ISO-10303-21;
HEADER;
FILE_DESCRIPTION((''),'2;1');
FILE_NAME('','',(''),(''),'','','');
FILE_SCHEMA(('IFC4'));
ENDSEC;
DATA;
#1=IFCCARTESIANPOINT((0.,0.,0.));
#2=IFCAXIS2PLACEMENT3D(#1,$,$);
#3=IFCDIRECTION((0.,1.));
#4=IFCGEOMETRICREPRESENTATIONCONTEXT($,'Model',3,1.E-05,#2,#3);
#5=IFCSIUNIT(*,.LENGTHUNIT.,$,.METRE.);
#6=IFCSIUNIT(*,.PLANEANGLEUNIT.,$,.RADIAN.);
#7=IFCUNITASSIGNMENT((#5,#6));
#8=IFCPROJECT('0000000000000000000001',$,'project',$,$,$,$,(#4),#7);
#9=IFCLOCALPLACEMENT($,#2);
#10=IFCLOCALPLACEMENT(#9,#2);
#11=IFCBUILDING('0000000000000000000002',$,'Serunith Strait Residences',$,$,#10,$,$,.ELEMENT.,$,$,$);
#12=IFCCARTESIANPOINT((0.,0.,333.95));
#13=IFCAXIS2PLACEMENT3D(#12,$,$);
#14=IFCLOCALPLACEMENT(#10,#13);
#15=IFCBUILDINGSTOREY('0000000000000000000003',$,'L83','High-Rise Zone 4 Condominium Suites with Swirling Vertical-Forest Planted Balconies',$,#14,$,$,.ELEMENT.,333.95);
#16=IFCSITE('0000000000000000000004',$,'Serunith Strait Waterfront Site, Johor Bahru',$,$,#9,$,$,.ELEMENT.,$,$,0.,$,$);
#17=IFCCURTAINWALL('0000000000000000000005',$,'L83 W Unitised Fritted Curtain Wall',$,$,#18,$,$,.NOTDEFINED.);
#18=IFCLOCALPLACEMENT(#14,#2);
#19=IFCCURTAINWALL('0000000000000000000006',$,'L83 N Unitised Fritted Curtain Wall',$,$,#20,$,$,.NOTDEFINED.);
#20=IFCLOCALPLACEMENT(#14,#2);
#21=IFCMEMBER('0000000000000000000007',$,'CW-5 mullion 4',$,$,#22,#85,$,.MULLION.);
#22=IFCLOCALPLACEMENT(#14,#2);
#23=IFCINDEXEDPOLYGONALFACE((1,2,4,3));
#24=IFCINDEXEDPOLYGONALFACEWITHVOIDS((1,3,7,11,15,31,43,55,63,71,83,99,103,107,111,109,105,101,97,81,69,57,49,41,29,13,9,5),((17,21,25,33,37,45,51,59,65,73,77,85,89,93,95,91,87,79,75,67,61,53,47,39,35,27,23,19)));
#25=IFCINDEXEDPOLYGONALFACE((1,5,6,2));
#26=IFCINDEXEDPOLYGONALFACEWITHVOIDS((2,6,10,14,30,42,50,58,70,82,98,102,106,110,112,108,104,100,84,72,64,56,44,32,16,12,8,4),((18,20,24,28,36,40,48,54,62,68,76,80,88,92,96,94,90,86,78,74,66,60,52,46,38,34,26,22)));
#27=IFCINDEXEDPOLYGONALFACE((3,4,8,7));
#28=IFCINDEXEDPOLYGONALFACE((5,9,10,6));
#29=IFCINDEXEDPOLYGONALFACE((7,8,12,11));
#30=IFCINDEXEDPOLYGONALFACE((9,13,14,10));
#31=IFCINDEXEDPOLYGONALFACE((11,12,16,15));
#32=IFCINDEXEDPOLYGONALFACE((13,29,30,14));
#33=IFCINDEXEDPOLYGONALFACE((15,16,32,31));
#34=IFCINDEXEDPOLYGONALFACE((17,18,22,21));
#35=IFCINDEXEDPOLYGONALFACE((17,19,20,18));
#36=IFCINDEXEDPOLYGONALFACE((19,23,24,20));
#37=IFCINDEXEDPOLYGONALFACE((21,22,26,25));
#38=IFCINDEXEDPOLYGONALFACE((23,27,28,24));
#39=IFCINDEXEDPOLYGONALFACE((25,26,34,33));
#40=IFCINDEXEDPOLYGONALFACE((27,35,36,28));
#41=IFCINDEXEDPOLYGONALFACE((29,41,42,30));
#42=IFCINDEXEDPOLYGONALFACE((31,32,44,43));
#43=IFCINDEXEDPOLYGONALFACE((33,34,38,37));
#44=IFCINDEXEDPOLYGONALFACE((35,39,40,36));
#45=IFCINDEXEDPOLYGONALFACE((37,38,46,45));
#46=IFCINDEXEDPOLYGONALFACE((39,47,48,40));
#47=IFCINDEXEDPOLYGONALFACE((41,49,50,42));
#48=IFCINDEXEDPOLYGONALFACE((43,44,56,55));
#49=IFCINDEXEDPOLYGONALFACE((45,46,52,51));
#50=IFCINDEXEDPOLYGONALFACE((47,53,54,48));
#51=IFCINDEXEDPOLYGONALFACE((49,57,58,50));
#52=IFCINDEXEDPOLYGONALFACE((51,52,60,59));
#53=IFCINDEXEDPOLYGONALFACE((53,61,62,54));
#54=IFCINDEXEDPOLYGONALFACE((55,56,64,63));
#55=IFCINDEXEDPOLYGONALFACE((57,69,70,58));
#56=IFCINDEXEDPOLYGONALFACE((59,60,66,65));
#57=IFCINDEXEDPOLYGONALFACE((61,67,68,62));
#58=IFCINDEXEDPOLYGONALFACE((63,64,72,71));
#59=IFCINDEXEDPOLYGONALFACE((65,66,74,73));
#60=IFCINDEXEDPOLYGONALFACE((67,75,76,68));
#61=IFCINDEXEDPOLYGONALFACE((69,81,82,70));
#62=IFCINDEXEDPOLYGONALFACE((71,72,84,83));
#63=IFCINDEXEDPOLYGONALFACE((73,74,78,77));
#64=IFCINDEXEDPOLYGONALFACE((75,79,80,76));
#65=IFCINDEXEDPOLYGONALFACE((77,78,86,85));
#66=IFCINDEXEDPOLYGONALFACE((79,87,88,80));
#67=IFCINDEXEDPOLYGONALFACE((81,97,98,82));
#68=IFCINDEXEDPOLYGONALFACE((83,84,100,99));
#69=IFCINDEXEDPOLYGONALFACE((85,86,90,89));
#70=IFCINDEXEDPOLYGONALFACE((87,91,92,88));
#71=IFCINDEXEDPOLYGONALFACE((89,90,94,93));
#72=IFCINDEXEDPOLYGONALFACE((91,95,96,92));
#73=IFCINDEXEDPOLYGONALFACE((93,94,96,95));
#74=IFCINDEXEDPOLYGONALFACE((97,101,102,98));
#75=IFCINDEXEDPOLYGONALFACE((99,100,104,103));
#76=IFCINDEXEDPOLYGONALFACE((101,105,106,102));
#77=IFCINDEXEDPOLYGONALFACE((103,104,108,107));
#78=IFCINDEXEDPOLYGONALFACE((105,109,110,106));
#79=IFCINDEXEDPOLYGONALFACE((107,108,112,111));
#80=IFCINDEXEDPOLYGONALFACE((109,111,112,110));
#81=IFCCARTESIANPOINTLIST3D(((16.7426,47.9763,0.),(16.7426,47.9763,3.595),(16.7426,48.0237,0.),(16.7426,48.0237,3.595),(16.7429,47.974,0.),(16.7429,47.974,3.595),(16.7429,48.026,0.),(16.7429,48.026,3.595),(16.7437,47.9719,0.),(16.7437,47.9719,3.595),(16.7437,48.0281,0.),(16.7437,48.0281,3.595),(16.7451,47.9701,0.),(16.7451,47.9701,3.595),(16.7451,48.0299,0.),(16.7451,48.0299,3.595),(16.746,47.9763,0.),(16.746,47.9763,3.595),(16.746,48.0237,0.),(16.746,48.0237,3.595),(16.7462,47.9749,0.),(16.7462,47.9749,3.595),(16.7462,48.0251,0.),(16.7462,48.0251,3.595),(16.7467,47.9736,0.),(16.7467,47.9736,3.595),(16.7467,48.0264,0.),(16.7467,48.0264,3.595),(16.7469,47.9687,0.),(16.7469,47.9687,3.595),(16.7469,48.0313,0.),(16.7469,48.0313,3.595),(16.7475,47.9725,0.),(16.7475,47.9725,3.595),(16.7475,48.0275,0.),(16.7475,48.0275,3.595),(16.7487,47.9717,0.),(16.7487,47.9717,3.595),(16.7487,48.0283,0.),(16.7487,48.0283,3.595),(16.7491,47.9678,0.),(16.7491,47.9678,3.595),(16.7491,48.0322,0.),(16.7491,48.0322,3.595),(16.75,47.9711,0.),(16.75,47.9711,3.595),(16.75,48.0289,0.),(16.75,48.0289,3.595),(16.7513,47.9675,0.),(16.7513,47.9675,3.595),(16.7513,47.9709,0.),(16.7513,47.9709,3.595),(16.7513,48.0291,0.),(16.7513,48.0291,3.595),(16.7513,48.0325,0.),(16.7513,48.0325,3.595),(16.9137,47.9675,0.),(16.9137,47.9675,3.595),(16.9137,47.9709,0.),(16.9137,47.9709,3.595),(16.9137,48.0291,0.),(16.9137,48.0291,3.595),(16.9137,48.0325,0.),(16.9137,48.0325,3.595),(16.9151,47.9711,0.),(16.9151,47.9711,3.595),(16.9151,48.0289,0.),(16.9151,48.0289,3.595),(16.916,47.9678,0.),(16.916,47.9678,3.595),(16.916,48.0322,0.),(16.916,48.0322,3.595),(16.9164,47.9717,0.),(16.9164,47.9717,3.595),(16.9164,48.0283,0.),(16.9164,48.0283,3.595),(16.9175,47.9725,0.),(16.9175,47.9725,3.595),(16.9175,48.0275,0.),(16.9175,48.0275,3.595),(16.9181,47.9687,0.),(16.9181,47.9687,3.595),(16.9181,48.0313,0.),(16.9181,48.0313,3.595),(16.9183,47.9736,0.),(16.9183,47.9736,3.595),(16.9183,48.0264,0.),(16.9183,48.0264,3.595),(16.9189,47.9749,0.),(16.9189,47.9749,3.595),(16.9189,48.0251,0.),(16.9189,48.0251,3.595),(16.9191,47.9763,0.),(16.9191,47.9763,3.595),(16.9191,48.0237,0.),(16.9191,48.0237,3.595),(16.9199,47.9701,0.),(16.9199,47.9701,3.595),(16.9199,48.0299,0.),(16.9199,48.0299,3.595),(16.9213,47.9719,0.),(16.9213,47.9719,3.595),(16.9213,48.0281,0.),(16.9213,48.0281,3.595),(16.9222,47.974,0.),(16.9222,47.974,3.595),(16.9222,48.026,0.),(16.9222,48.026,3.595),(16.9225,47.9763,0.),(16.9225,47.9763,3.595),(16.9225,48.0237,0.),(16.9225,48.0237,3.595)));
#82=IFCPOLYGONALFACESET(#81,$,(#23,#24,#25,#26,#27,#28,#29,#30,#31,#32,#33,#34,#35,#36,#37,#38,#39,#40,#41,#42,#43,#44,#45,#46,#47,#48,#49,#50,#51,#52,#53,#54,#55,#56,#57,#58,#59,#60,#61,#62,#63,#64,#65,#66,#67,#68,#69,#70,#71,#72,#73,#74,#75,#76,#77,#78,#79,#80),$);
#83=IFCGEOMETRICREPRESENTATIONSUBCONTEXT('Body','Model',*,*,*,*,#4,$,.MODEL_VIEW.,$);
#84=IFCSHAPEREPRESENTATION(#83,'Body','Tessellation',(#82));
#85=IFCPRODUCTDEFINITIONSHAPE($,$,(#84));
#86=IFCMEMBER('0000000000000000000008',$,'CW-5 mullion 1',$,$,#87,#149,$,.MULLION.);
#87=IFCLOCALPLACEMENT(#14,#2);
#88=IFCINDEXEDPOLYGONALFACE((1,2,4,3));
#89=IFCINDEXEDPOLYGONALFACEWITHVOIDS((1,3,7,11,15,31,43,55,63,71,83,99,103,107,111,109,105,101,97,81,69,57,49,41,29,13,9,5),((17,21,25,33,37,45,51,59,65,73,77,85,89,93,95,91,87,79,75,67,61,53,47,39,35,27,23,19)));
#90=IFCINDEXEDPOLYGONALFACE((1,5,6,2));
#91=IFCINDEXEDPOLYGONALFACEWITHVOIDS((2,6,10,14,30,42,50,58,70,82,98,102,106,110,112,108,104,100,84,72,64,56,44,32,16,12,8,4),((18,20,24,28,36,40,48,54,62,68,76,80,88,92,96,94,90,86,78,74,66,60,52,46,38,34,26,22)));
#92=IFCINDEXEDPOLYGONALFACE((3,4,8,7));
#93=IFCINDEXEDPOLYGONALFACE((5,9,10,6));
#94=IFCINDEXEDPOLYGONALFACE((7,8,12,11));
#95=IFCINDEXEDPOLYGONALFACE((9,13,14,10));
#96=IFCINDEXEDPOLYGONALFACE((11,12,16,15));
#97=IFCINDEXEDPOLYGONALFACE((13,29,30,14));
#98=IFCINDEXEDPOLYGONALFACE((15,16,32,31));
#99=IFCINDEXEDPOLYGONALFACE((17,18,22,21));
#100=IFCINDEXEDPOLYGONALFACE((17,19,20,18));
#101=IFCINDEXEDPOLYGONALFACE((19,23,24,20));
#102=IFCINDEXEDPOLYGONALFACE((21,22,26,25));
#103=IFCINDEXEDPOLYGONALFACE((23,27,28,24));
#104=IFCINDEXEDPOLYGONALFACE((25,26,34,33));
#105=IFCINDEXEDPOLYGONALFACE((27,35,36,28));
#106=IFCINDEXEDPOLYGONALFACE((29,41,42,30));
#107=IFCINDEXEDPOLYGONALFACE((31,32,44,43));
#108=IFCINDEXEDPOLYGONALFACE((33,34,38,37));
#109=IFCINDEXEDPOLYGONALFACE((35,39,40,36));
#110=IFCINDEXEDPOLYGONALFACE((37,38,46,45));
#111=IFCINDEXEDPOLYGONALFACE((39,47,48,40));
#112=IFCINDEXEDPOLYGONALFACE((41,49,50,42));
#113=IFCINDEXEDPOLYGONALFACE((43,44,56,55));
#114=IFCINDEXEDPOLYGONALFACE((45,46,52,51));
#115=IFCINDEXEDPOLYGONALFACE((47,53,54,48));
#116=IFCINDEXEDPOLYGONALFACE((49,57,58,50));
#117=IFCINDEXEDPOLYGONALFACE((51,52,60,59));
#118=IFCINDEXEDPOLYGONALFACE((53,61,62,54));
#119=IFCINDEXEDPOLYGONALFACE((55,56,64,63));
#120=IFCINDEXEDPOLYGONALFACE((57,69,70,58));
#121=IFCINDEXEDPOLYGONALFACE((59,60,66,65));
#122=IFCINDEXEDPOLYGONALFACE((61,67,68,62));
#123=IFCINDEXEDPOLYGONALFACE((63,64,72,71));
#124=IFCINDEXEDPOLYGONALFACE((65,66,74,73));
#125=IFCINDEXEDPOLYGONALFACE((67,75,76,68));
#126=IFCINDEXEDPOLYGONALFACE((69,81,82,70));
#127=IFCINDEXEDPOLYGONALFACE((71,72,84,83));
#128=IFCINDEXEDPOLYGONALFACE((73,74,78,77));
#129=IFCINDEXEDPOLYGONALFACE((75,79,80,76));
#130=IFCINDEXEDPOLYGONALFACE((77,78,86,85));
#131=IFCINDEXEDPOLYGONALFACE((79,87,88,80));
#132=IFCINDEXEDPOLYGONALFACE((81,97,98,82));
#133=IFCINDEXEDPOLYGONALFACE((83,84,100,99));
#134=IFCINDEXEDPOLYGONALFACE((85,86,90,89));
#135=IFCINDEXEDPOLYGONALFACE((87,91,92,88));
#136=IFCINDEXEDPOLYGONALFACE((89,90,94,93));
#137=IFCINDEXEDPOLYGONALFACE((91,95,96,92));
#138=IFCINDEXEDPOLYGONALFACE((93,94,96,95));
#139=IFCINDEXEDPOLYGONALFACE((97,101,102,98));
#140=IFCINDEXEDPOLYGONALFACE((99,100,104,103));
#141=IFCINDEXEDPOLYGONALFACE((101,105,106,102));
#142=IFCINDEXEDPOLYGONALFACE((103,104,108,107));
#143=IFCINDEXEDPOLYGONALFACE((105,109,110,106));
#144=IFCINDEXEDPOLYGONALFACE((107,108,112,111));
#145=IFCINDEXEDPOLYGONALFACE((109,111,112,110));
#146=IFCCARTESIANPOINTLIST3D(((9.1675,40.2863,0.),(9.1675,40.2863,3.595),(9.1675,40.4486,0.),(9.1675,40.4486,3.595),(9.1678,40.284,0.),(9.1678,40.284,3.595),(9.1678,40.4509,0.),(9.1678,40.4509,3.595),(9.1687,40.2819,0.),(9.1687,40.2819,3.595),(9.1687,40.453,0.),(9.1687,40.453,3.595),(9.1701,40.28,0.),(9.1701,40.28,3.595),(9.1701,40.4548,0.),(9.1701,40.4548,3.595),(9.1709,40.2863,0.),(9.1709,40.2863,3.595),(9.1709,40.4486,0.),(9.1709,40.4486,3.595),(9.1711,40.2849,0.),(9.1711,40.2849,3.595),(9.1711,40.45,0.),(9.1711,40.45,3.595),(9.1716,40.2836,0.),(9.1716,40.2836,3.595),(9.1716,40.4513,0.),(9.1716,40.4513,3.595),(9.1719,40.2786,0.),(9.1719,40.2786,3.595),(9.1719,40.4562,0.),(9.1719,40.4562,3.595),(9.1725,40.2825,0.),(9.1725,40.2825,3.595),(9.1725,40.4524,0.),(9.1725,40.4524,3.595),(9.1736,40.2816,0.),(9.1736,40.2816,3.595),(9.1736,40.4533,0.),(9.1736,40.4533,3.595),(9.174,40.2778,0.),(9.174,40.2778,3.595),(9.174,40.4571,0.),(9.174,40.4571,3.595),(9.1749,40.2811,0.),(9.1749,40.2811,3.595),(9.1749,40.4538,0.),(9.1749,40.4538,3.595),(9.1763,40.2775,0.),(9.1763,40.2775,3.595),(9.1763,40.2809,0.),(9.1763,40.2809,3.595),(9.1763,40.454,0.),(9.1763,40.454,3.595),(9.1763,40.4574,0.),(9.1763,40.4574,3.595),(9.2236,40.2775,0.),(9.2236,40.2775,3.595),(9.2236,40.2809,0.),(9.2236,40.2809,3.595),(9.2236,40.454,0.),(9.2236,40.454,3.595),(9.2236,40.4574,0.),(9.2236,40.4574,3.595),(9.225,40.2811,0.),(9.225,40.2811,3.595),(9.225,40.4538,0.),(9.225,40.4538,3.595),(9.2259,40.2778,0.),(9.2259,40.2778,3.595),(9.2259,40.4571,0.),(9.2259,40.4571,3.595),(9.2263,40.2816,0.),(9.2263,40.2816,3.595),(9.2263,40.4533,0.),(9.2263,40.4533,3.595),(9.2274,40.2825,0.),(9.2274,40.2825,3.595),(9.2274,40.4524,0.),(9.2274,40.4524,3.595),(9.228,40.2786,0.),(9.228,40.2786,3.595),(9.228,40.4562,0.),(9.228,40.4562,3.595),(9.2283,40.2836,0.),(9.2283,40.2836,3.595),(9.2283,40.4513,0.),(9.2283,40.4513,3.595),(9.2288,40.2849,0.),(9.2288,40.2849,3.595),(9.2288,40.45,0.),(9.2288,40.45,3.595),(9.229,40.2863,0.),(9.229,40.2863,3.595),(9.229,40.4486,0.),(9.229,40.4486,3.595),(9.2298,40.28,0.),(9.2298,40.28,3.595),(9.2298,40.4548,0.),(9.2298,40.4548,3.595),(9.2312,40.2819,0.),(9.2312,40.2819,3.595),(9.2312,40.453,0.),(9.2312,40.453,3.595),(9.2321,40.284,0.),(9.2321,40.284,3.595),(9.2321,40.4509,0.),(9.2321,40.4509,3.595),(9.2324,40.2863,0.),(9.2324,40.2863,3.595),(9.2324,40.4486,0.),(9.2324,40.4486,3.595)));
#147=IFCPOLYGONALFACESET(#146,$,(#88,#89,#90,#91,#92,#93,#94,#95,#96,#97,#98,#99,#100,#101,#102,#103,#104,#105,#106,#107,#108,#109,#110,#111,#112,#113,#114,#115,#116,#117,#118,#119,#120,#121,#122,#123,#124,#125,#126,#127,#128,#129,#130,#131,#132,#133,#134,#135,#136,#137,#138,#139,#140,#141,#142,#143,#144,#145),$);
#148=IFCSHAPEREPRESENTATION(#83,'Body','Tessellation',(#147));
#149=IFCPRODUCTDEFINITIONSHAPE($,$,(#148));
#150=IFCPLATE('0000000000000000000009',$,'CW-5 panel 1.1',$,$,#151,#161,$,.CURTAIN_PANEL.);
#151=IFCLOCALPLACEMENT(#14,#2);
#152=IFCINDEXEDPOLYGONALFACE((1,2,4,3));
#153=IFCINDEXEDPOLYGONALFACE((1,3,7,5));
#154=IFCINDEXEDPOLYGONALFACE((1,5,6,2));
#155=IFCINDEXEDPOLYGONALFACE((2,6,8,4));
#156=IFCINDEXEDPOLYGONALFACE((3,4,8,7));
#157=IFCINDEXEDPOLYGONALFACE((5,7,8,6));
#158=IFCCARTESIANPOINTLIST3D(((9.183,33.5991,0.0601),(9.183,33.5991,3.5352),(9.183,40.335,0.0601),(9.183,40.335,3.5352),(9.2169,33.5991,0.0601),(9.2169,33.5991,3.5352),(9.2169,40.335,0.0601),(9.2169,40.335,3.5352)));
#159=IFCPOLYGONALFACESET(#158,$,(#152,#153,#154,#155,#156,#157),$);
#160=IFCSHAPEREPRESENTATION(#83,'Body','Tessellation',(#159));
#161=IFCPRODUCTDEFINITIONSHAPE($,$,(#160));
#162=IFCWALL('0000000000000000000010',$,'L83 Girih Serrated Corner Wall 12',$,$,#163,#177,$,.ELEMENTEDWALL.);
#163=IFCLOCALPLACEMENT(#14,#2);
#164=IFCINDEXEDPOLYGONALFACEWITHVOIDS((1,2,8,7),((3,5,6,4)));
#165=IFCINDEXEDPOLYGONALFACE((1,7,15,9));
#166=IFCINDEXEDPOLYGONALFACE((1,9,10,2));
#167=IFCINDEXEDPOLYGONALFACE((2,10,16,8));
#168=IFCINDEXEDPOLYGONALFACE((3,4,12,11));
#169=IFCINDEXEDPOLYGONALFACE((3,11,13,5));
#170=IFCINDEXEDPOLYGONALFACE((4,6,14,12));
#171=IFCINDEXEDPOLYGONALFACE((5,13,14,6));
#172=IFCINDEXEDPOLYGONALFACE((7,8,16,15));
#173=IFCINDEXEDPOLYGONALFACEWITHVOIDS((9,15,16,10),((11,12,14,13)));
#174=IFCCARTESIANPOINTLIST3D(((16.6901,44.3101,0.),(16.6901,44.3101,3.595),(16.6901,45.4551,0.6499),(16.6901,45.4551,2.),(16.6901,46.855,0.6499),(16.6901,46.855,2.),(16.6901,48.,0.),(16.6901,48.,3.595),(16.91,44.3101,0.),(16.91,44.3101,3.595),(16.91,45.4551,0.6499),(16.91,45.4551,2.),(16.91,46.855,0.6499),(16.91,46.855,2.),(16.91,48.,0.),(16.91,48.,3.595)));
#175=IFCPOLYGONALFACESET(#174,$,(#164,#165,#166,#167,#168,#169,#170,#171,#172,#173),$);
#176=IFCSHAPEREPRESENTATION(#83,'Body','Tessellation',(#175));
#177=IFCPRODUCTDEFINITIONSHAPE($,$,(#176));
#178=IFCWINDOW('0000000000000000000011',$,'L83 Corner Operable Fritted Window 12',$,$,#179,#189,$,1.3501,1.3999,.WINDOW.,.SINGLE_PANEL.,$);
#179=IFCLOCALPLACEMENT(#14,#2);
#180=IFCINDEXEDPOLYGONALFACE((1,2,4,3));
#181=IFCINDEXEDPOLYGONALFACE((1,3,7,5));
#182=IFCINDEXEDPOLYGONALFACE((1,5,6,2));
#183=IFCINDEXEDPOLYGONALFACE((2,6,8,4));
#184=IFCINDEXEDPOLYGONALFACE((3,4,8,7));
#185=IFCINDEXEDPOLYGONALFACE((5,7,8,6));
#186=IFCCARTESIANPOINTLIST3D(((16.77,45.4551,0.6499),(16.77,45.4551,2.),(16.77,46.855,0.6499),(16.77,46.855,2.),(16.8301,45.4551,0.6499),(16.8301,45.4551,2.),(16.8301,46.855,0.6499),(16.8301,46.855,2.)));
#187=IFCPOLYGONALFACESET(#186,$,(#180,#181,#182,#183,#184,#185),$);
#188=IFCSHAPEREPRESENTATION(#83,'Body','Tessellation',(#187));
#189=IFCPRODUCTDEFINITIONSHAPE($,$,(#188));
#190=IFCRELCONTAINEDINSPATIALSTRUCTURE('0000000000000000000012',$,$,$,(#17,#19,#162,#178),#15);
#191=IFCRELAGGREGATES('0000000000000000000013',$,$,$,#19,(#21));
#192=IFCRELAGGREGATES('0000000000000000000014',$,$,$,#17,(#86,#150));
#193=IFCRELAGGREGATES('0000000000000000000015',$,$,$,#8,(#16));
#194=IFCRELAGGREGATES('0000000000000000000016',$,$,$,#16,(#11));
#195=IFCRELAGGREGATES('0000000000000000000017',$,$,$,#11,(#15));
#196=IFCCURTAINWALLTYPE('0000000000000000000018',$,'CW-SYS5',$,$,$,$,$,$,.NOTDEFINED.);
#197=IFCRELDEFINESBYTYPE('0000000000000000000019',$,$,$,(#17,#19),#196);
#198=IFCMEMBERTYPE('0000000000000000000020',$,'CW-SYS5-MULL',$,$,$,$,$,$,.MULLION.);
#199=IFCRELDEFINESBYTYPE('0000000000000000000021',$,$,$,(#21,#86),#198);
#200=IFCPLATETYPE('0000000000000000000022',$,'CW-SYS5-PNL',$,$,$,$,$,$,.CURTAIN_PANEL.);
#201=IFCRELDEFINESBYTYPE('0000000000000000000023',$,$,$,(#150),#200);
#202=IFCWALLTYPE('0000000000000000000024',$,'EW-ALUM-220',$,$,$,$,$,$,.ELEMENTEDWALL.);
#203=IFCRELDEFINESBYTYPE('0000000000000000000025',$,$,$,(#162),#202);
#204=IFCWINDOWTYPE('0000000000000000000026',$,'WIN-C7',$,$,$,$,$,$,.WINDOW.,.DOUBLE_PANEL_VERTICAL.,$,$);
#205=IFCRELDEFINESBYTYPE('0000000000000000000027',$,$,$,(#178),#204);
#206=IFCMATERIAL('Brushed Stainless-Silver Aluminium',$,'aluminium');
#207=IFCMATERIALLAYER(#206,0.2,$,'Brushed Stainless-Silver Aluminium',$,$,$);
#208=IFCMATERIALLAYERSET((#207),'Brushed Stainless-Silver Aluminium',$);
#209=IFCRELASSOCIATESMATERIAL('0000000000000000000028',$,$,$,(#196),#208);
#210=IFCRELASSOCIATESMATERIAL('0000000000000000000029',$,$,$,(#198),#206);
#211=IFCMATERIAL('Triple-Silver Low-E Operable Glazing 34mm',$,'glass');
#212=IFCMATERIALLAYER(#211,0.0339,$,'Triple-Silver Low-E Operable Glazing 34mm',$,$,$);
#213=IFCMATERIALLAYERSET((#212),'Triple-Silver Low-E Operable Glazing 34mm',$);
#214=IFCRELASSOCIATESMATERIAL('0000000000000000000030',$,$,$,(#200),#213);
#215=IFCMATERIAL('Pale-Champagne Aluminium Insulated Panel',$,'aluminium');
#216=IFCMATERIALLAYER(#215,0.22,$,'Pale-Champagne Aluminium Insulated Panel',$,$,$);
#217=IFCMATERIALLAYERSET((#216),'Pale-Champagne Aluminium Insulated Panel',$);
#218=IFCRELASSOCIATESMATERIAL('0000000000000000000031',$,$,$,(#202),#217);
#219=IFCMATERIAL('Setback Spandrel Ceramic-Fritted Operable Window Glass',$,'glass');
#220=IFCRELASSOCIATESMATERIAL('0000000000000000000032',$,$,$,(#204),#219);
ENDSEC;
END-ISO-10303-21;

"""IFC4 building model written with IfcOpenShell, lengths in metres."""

from ifc_helpers import new_model, si_unit, direction, frame, frame_2d, origin, origin_2d, place, context, subcontext, project, spatial, rectangle, hollow_rectangle, extrude, source, transform, mapped, material, layer, layer_set, material_profile, profile_set, type_object, element, fill, aggregate, save


model = new_model("IFC4")

# Units and contexts
model_context = context("Model", 3, precision=1e-05, world=origin(), true_north=direction((0.0, 1.0)))
body_context = subcontext(model_context, "Body", "Model", "MODEL_VIEW")
ifc_project = project(units=[si_unit("LENGTHUNIT", "METRE"), si_unit("PLANEANGLEUNIT", "RADIAN")], contexts=[model_context])

# Site, building, storey
site_placement = place(None, origin())
site = spatial("IfcSite", under=ifc_project, at=site_placement, Name="Serunith Strait Waterfront Site, Johor Bahru", CompositionType="ELEMENT", RefElevation=0.0)
building_placement = place(site_placement, origin())
building = spatial("IfcBuilding", under=site, at=building_placement, Name="Serunith Strait Residences", CompositionType="ELEMENT")
storey_placement = place(building_placement, frame((0.0, 0.0, 333.95)))
storey = spatial("IfcBuildingStorey", under=building, at=storey_placement, Name="L83", Description="High-Rise Zone 4 Condominium Suites with Swirling Vertical-Forest Planted Balconies", CompositionType="ELEMENT", Elevation=333.95)

# Curtain wall
ifc_material_1 = material(Name="Brushed Stainless-Silver Aluminium", Category="aluminium")
ifc_layer_1 = layer(ifc_material_1, 0.2, Name="Brushed Stainless-Silver Aluminium")
ifc_layer_set_1 = layer_set([ifc_layer_1], Name="Brushed Stainless-Silver Aluminium")
curtain_wall_type = type_object("IfcCurtainWallType", Name="CW-SYS5", PredefinedType="NOTDEFINED", material=ifc_layer_set_1)
curtain_wall_1_placement = place(storey_placement, origin())
curtain_wall_1 = element("IfcCurtainWall", 1, at=curtain_wall_1_placement, inside=storey, type_object=curtain_wall_type, Name="L83 W Unitised Fritted Curtain Wall", PredefinedType="NOTDEFINED")

# Curtain wall, member
curtain_wall_2_placement = place(storey_placement, origin())
curtain_wall_2 = element("IfcCurtainWall", 2, at=curtain_wall_2_placement, inside=storey, type_object=curtain_wall_type, Name="L83 N Unitised Fritted Curtain Wall", PredefinedType="NOTDEFINED")
ifc_material_profile_1 = material_profile(ifc_material_1, hollow_rectangle(XDim=0.0649, YDim=0.1799, WallThickness=0.0034, InnerFilletRadius=0.0054, OuterFilletRadius=0.0088, at=origin_2d()), Name="ALU 180x65x3.5")
ifc_profile_set_1 = profile_set([ifc_material_profile_1], Name="Brushed Stainless-Silver Aluminium")
member_type_1 = type_object("IfcMemberType", Name="CW-SYS5-MULL", PredefinedType="MULLION", material=ifc_profile_set_1)
shared_shape_1 = source(origin(), body_context, "Body", "SweptSolid", [
    extrude(hollow_rectangle(XDim=0.0649, YDim=0.1799, WallThickness=0.0034, InnerFilletRadius=0.0054, OuterFilletRadius=0.0088, at=origin_2d()), origin(), (0.0, 0.0, 1.0), 3.595),
])
member_1_placement = place(storey_placement, frame((16.8325, 48.0, 0.0), z_axis=(0.0, 0.0, 1.0), x_axis=(0.0, -1.0, 0.0)))
member_1 = element("IfcMember", 3, at=member_1_placement, type_object=member_type_1, Name="CW-5 mullion 4", PredefinedType="MULLION", context=body_context, shape_type="MappedRepresentation", body=[
    mapped(shared_shape_1, transform((0.0, 0.0, 0.0), scale=1.0)),
])
aggregate(curtain_wall_2, [member_1])

# Member
member_2_placement = place(storey_placement, frame((9.2, 40.3674, 0.0), z_axis=(0.0, 0.0, 1.0), x_axis=(1.0, 0.0, 0.0)))
member_2 = element("IfcMember", 4, at=member_2_placement, type_object=member_type_1, Name="CW-5 mullion 1", PredefinedType="MULLION", context=body_context, shape_type="MappedRepresentation", body=[
    mapped(shared_shape_1, transform((0.0, 0.0, 0.0), scale=1.0)),
])

# Plate
ifc_material_2 = material(Name="Triple-Silver Low-E Operable Glazing 34mm", Category="glass")
ifc_layer_2 = layer(ifc_material_2, 0.0339, Name="Triple-Silver Low-E Operable Glazing 34mm")
ifc_layer_set_2 = layer_set([ifc_layer_2], Name="Triple-Silver Low-E Operable Glazing 34mm")
plate_type = type_object("IfcPlateType", Name="CW-SYS5-PNL", PredefinedType="CURTAIN_PANEL", material=ifc_layer_set_2)
shared_shape_2 = source(origin(), body_context, "Body", "SweptSolid", [
    extrude(rectangle(XDim=6.7358, YDim=0.0339, at=origin_2d()), origin(), (0.0, 0.0, 1.0), 3.4751),
])
plate_placement = place(storey_placement, frame((9.2, 36.967, 0.0601), z_axis=(0.0, 0.0, 1.0), x_axis=(0.0, -1.0, 0.0)))
plate = element("IfcPlate", 5, at=plate_placement, type_object=plate_type, Name="CW-5 panel 1.1", PredefinedType="CURTAIN_PANEL", context=body_context, shape_type="MappedRepresentation", body=[
    mapped(shared_shape_2, transform((0.0, 0.0, 0.0), scale=1.0)),
])
aggregate(curtain_wall_1, [member_2, plate])

# Wall, opening, window
ifc_material_3 = material(Name="Pale-Champagne Aluminium Insulated Panel", Category="aluminium")
ifc_layer_3 = layer(ifc_material_3, 0.22, Name="Pale-Champagne Aluminium Insulated Panel")
ifc_layer_set_3 = layer_set([ifc_layer_3], Name="Pale-Champagne Aluminium Insulated Panel")
wall_type_1 = type_object("IfcWallType", Name="EW-ALUM-220", PredefinedType="ELEMENTEDWALL", material=ifc_layer_set_3)
wall_1_placement = place(storey_placement, frame((16.8, 48.0, 0.0), z_axis=(0.0, 0.0, 1.0), x_axis=(0.0, -1.0, 0.0)))
wall_1 = element("IfcWall", 6, at=wall_1_placement, inside=storey, type_object=wall_type_1, Name="L83 Girih Serrated Corner Wall 12", PredefinedType="ELEMENTEDWALL", context=body_context, shape_type="SweptSolid", body=[
    extrude(rectangle(XDim=3.6899, YDim=0.22, at=frame_2d((1.845, 0.0))), origin(), (0.0, 0.0, 1.0), 3.595),
])
opening_1_placement = place(wall_1_placement, frame((1.145, 0.0, 0.6499)))
opening_1 = element("IfcOpeningElement", 7, at=opening_1_placement, cuts=wall_1, PredefinedType="OPENING", context=body_context, shape_type="SweptSolid", body=[
    extrude(rectangle(XDim=1.3999, YDim=1.3501, at=frame_2d((0.7, 0.675))), frame((0.0, 0.1201, 0.0), z_axis=(0.0, -1.0, 0.0), x_axis=(1.0, 0.0, 0.0)), (0.0, 0.0, 1.0), 0.24),
])
ifc_material_4 = material(Name="Setback Spandrel Ceramic-Fritted Operable Window Glass", Category="glass")
window_type = type_object("IfcWindowType", Name="WIN-C7", PartitioningType="DOUBLE_PANEL_VERTICAL", PredefinedType="WINDOW", material=ifc_material_4)
shared_shape_3 = source(origin(), body_context, "Body", "SweptSolid", [
    extrude(rectangle(XDim=1.3999, YDim=1.3501, at=frame_2d((0.7, 0.675))), frame((0.0, 0.03, 0.0), z_axis=(0.0, -1.0, 0.0), x_axis=(1.0, 0.0, 0.0)), (0.0, 0.0, 1.0), 0.0601),
])
window_1_placement = place(opening_1_placement, origin())
window_1 = element("IfcWindow", 8, at=window_1_placement, inside=storey, type_object=window_type, Name="L83 Corner Operable Fritted Window 12", OverallHeight=1.3501, OverallWidth=1.3999, PartitioningType="SINGLE_PANEL", PredefinedType="WINDOW", context=body_context, shape_type="MappedRepresentation", body=[
    mapped(shared_shape_3, transform((0.0, 0.0, 0.0), scale=1.0)),
])
fill(opening_1, window_1)

save(model, "model.ifc")
